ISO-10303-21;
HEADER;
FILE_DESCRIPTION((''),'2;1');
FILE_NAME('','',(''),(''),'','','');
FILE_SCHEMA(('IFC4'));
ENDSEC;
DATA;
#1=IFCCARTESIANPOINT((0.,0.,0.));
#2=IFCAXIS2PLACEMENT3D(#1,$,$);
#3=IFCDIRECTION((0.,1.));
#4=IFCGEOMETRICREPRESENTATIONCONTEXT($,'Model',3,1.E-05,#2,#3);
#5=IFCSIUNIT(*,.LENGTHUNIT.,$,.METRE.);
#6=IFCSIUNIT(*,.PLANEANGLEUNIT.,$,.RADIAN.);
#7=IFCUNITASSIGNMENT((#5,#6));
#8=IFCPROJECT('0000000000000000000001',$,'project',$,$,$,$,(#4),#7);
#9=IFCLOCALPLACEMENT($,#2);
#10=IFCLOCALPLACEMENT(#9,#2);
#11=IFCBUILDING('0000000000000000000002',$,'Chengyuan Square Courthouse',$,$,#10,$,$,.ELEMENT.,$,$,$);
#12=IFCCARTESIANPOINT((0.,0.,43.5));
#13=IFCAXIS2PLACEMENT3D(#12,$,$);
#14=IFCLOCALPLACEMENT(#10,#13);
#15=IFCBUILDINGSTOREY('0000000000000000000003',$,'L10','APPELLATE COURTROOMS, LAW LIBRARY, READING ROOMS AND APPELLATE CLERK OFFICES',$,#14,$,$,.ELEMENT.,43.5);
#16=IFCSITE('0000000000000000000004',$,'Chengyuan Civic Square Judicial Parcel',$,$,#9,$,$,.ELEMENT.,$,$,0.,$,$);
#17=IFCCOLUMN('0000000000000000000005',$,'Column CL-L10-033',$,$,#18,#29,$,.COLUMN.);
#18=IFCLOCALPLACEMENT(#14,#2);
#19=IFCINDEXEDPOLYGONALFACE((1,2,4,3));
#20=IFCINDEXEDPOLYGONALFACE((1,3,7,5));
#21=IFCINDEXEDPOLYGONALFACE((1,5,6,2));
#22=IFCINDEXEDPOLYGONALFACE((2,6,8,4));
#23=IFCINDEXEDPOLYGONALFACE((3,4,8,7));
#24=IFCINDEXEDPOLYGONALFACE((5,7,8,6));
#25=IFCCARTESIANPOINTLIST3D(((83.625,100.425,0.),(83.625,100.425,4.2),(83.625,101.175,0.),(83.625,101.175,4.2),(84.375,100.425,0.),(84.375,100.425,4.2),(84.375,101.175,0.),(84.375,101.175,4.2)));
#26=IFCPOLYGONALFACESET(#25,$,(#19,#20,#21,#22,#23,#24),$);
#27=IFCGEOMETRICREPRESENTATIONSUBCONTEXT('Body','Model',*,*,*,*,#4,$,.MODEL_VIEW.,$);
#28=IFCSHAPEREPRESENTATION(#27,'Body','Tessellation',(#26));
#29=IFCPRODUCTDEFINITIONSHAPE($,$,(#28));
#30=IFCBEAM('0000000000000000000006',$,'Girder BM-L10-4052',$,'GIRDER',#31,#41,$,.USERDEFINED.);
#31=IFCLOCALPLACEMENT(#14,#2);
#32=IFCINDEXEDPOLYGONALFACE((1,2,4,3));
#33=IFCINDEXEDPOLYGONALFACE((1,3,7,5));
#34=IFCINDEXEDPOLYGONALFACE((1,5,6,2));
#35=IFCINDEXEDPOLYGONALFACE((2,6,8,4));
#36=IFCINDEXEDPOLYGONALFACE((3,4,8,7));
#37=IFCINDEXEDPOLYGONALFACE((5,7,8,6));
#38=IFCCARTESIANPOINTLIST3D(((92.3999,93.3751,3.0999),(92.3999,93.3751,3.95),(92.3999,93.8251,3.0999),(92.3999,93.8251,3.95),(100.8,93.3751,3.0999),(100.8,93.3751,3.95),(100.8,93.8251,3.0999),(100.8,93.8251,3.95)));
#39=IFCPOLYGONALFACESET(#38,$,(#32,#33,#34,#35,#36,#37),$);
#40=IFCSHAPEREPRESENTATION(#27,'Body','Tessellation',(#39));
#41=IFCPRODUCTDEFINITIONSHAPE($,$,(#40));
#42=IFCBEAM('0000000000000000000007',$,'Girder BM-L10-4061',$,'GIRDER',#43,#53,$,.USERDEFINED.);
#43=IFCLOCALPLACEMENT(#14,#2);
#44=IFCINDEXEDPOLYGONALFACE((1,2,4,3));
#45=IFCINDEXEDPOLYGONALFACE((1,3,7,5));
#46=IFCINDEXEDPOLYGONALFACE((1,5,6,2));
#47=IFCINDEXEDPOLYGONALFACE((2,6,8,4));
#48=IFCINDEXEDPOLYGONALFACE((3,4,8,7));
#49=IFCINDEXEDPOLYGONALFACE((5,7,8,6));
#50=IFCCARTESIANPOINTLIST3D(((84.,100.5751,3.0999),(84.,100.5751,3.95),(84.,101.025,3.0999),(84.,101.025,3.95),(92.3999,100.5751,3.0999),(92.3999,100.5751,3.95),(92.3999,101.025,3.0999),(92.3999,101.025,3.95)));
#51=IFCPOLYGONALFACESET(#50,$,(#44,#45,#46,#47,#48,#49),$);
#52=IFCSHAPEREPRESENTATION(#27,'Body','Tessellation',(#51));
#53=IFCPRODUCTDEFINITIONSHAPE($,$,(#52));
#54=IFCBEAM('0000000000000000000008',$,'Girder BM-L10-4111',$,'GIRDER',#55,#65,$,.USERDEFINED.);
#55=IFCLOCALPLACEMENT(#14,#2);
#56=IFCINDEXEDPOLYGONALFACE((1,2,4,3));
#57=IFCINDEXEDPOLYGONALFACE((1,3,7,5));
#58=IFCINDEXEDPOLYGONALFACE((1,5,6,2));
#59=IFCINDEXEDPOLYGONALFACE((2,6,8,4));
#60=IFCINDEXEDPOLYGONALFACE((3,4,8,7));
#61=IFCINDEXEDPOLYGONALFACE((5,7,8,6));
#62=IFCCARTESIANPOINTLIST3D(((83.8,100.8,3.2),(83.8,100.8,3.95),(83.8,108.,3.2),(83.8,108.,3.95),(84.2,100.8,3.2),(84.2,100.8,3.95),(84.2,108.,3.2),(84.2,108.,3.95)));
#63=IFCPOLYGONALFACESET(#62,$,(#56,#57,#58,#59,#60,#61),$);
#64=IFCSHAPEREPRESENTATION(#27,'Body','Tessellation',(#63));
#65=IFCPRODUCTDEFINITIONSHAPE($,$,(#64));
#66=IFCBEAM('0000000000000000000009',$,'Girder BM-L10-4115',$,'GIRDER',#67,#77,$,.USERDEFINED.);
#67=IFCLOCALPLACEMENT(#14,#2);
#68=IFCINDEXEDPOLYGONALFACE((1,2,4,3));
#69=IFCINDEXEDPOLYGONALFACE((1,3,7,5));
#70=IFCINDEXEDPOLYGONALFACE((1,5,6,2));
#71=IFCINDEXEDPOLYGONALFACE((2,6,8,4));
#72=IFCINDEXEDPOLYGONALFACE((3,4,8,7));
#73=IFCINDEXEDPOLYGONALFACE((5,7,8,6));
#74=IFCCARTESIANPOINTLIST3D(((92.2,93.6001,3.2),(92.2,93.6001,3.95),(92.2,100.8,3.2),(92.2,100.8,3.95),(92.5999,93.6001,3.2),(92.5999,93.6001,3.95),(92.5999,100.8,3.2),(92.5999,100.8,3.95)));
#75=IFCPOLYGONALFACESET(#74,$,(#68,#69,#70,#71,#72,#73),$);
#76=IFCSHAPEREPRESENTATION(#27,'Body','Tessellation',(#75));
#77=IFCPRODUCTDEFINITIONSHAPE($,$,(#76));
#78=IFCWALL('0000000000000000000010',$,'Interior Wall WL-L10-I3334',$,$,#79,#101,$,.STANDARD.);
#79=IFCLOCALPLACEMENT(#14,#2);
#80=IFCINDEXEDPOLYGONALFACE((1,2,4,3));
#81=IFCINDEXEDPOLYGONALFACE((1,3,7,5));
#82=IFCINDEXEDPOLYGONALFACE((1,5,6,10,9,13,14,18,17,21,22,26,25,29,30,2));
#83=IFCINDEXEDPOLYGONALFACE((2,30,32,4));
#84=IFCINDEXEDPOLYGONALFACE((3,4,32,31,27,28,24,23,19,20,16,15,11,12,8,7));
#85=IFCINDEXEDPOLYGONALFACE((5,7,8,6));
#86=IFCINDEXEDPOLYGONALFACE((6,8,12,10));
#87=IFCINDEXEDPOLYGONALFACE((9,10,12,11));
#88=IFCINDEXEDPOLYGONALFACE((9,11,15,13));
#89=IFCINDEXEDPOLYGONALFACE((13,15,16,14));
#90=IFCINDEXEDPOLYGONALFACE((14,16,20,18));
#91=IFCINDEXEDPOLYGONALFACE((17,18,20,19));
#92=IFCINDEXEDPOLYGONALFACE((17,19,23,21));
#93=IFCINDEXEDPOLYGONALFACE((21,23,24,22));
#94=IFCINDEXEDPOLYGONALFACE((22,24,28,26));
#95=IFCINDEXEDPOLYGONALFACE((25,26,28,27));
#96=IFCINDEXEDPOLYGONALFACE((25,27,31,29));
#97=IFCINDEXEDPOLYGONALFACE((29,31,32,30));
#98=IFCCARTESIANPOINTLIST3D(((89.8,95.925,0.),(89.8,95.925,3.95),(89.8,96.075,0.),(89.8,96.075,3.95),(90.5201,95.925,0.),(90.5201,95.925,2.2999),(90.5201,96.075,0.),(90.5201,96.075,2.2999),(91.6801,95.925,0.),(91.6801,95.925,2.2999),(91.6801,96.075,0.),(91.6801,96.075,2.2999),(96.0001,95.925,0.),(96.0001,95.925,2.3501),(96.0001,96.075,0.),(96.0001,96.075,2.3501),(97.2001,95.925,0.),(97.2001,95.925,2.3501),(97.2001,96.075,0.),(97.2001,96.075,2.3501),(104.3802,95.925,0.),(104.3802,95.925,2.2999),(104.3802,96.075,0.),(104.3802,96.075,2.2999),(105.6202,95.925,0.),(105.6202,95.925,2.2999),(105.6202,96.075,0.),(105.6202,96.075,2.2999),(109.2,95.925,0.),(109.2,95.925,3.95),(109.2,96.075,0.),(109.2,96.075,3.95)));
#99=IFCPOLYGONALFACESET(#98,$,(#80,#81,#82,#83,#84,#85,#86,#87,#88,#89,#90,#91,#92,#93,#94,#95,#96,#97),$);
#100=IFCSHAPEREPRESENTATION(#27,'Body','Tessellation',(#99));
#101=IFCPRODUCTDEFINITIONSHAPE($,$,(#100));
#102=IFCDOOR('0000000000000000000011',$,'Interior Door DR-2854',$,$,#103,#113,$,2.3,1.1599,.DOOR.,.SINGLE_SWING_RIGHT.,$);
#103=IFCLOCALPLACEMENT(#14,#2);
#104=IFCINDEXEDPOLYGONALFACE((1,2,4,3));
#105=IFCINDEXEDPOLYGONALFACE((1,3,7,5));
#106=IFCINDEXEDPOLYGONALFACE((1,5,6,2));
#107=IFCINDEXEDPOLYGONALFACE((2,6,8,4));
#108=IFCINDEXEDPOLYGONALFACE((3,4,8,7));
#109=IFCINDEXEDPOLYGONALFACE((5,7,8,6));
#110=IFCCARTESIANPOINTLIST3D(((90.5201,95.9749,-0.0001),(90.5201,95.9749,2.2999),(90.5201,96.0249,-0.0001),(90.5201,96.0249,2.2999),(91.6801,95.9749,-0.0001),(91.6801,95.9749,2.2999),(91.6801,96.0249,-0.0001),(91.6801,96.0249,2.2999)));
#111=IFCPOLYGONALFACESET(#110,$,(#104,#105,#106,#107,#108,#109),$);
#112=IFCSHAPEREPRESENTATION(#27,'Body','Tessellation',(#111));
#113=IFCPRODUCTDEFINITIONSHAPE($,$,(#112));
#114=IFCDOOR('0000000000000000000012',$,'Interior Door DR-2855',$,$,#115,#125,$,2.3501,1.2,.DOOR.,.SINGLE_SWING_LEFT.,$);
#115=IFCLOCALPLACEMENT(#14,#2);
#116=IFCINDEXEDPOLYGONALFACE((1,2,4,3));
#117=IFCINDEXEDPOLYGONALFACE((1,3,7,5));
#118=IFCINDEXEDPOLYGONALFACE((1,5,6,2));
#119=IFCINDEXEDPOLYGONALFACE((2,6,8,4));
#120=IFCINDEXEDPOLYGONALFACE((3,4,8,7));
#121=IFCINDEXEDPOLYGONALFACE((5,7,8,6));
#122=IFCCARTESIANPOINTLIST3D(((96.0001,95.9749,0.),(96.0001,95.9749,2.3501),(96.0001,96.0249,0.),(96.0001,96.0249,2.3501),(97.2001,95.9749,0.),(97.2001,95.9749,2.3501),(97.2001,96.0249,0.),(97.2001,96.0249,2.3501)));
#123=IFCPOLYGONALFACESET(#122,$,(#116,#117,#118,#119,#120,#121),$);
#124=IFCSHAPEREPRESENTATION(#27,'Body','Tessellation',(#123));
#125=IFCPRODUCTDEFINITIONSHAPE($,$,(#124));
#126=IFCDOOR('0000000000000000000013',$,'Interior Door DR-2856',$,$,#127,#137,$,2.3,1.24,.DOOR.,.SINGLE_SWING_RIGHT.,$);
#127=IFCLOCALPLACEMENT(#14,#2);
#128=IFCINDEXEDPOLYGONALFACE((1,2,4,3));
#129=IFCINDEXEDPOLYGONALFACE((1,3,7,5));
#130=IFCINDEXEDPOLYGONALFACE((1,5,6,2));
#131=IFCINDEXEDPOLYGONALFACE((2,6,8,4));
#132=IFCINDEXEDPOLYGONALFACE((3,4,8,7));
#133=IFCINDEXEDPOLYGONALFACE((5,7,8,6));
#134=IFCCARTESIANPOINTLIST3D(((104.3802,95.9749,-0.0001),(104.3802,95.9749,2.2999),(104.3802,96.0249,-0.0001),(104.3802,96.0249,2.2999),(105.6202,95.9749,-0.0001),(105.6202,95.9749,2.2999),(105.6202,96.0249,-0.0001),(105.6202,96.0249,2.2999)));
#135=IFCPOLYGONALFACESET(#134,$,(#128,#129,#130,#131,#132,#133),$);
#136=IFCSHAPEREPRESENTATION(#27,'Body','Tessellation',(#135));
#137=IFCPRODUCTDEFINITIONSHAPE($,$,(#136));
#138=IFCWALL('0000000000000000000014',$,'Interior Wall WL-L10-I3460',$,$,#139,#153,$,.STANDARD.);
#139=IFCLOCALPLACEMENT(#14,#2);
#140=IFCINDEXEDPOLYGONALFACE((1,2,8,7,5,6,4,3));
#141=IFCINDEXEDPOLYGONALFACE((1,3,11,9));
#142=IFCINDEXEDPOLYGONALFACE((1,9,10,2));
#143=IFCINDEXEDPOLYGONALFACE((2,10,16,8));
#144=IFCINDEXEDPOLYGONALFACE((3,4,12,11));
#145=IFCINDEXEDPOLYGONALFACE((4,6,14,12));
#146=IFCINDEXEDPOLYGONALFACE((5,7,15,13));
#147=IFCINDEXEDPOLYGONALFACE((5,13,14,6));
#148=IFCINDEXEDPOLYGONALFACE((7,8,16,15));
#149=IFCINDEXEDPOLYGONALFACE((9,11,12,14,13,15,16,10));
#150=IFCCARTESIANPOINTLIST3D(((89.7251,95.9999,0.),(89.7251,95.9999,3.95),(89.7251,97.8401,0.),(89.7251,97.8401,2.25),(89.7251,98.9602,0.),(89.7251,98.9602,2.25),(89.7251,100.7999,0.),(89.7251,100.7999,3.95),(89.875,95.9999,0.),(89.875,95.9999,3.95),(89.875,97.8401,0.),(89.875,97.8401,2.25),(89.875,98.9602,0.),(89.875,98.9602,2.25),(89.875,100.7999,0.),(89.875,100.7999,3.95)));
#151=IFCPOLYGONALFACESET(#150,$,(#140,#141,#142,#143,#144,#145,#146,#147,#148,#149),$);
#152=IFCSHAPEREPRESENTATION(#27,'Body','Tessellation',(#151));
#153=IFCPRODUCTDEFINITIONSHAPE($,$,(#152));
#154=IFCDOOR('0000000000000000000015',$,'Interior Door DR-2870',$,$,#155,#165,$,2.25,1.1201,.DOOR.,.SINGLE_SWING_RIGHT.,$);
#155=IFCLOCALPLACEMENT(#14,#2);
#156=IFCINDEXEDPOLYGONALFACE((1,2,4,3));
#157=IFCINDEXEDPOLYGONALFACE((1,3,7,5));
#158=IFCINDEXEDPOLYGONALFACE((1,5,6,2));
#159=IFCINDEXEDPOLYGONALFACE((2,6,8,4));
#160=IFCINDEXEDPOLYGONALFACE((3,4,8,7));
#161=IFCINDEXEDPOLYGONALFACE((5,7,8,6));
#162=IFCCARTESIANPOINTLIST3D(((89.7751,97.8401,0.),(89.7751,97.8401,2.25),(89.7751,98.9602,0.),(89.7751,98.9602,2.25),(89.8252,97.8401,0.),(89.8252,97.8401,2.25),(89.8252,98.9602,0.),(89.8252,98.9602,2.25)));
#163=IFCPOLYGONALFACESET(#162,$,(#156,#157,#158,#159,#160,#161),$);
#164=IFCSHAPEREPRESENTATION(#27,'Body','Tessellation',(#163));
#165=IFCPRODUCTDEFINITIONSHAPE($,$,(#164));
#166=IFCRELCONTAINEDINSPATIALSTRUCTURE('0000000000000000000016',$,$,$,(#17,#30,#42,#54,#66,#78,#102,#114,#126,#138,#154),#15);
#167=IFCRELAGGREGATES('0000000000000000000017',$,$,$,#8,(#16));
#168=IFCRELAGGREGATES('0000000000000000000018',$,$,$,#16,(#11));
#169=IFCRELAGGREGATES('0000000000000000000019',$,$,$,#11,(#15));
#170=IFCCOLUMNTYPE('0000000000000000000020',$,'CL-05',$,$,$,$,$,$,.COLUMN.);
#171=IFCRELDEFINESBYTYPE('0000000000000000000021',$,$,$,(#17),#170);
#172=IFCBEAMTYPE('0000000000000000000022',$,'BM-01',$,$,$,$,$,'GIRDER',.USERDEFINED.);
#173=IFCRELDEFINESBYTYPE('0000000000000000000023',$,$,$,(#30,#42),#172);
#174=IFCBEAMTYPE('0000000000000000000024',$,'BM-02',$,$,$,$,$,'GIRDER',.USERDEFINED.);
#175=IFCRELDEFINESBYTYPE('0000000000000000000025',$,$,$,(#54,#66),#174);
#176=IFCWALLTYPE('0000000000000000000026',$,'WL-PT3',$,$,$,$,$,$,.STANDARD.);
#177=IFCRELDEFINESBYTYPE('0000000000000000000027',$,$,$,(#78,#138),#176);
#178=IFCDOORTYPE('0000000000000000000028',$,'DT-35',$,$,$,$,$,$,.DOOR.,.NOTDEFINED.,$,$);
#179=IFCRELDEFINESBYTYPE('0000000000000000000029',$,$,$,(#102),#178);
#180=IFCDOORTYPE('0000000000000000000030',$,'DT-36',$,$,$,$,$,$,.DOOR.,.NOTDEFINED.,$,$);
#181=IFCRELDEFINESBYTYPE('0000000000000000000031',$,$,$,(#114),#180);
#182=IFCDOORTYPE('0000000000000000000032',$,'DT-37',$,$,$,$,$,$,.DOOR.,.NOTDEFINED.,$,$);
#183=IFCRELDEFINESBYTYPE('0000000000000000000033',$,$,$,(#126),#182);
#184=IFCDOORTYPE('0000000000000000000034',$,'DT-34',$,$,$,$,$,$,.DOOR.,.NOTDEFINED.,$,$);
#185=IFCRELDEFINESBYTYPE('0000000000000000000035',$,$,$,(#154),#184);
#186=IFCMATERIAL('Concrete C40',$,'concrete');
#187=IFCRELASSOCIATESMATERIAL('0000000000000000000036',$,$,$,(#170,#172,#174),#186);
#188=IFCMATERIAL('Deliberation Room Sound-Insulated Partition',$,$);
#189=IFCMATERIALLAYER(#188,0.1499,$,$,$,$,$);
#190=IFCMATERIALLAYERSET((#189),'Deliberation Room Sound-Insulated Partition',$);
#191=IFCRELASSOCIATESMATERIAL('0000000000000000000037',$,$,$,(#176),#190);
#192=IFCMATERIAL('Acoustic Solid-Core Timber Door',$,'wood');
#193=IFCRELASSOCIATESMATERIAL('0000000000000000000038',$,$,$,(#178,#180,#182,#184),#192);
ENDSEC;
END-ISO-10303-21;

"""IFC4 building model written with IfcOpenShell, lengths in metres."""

from ifc_helpers import new_model, si_unit, direction, frame, frame_2d, origin, origin_2d, place, context, subcontext, project, spatial, rectangle, extrude, material, layer, layer_set, material_profile, profile_set, type_object, element, fill, save


model = new_model("IFC4")

# Units and contexts
model_context = context("Model", 3, precision=1e-05, world=origin(), true_north=direction((0.0, 1.0)))
body_context = subcontext(model_context, "Body", "Model", "MODEL_VIEW")
ifc_project = project(units=[si_unit("LENGTHUNIT", "METRE"), si_unit("PLANEANGLEUNIT", "RADIAN")], contexts=[model_context])

# Site, building, storey
site_placement = place(None, origin())
site = spatial("IfcSite", under=ifc_project, at=site_placement, Name="Chengyuan Civic Square Judicial Parcel", CompositionType="ELEMENT", RefElevation=0.0)
building_placement = place(site_placement, origin())
building = spatial("IfcBuilding", under=site, at=building_placement, Name="Chengyuan Square Courthouse", CompositionType="ELEMENT")
storey_placement = place(building_placement, frame((0.0, 0.0, 43.5)))
storey = spatial("IfcBuildingStorey", under=building, at=storey_placement, Name="L10", Description="APPELLATE COURTROOMS, LAW LIBRARY, READING ROOMS AND APPELLATE CLERK OFFICES", CompositionType="ELEMENT", Elevation=43.5)

# Column
ifc_material_1 = material(Name="Concrete C40", Category="concrete")
ifc_material_profile_1 = material_profile(ifc_material_1, rectangle(XDim=0.75, YDim=0.75, at=origin_2d()), Name="RC-COL-750x750")
ifc_profile_set_1 = profile_set([ifc_material_profile_1], Name="Concrete C40")
column_type = type_object("IfcColumnType", Name="CL-05", PredefinedType="COLUMN", material=ifc_profile_set_1)
column_placement = place(storey_placement, frame((84.0, 100.8, 0.0), z_axis=(0.0, 0.0, 1.0), x_axis=(1.0, 0.0, 0.0)))
element("IfcColumn", 1, at=column_placement, inside=storey, type_object=column_type, Name="Column CL-L10-033", PredefinedType="COLUMN", context=body_context, shape_type="SweptSolid", body=[
    extrude(rectangle(XDim=0.75, YDim=0.75, at=origin_2d()), origin(), (0.0, 0.0, 1.0), 4.2),
])

# Beams
ifc_material_profile_2 = material_profile(ifc_material_1, rectangle(XDim=0.45, YDim=0.8501, at=origin_2d()), Name="RC-BM-450x850")
ifc_profile_set_2 = profile_set([ifc_material_profile_2], Name="Concrete C40")
beam_type_1 = type_object("IfcBeamType", Name="BM-01", ElementType="GIRDER", PredefinedType="USERDEFINED", material=ifc_profile_set_2)
beam_1_placement = place(storey_placement, frame((92.3999, 93.6001, 3.5249), z_axis=(1.0, 0.0, 0.0), x_axis=(0.0, 1.0, 0.0)))
element("IfcBeam", 2, at=beam_1_placement, inside=storey, type_object=beam_type_1, Name="Girder BM-L10-4052", ObjectType="GIRDER", PredefinedType="USERDEFINED", context=body_context, shape_type="SweptSolid", body=[
    extrude(rectangle(XDim=0.45, YDim=0.8501, at=origin_2d()), origin(), (0.0, 0.0, 1.0), 8.4001),
])
beam_2_placement = place(storey_placement, frame((84.0, 100.8, 3.5249), z_axis=(1.0, 0.0, 0.0), x_axis=(0.0, 1.0, 0.0)))
element("IfcBeam", 3, at=beam_2_placement, inside=storey, type_object=beam_type_1, Name="Girder BM-L10-4061", ObjectType="GIRDER", PredefinedType="USERDEFINED", context=body_context, shape_type="SweptSolid", body=[
    extrude(rectangle(XDim=0.45, YDim=0.8501, at=origin_2d()), origin(), (0.0, 0.0, 1.0), 8.3999),
])
ifc_material_profile_3 = material_profile(ifc_material_1, rectangle(XDim=0.3999, YDim=0.75, at=origin_2d()), Name="RC-BM-400x750")
ifc_profile_set_3 = profile_set([ifc_material_profile_3], Name="Concrete C40")
beam_type_2 = type_object("IfcBeamType", Name="BM-02", ElementType="GIRDER", PredefinedType="USERDEFINED", material=ifc_profile_set_3)
for number, where, z_axis, x_axis, name in (
    (4, (84.0, 100.8, 3.575), (0.0, 1.0, 0.0), (-1.0, 0.0, 0.0), "Girder BM-L10-4111"),
    (5, (92.3999, 93.6001, 3.575), (0.0, 1.0, 0.0), (-1.0, 0.0, 0.0), "Girder BM-L10-4115"),
):
    element("IfcBeam", number, at=place(storey_placement, frame(where, z_axis=z_axis, x_axis=x_axis)), inside=storey, type_object=beam_type_2, Name=name, ObjectType="GIRDER", PredefinedType="USERDEFINED", context=body_context, shape_type="SweptSolid", body=[
        extrude(rectangle(XDim=0.3999, YDim=0.75, at=origin_2d()), origin(), (0.0, 0.0, 1.0), 7.2),
    ])

# Wall, openings, doors
ifc_material_2 = material(Name="Deliberation Room Sound-Insulated Partition")
ifc_layer_1 = layer(ifc_material_2, 0.1499)
ifc_layer_set_1 = layer_set([ifc_layer_1], Name="Deliberation Room Sound-Insulated Partition")
wall_type_1 = type_object("IfcWallType", Name="WL-PT3", PredefinedType="STANDARD", material=ifc_layer_set_1)
wall_1_placement = place(storey_placement, frame((89.8, 96.0, 0.0), z_axis=(0.0, 0.0, 1.0), x_axis=(1.0, 0.0, 0.0)))
wall_1 = element("IfcWall", 6, at=wall_1_placement, inside=storey, type_object=wall_type_1, Name="Interior Wall WL-L10-I3334", PredefinedType="STANDARD", context=body_context, shape_type="SweptSolid", body=[
    extrude(rectangle(XDim=19.3999, YDim=0.1499, at=frame_2d((9.7, 0.0))), origin(), (0.0, 0.0, 1.0), 3.95),
])
opening_1_placement = place(wall_1_placement, frame((0.72, 0.0, 0.0)))
opening_1 = element("IfcOpeningElement", 7, at=opening_1_placement, cuts=wall_1, PredefinedType="OPENING", context=body_context, shape_type="SweptSolid", body=[
    extrude(rectangle(XDim=1.1599, YDim=2.3, at=frame_2d((0.5801, 1.1499))), frame((0.0, 0.0869, 0.0), z_axis=(0.0, -1.0, 0.0), x_axis=(1.0, 0.0, 0.0)), (0.0, 0.0, 1.0), 0.1738),
])
opening_2_placement = place(wall_1_placement, frame((6.2, 0.0, 0.0)))
opening_2 = element("IfcOpeningElement", 8, at=opening_2_placement, cuts=wall_1, PredefinedType="OPENING", context=body_context, shape_type="SweptSolid", body=[
    extrude(rectangle(XDim=1.2, YDim=2.3501, at=frame_2d((0.6001, 1.175))), frame((0.0, 0.0869, 0.0), z_axis=(0.0, -1.0, 0.0), x_axis=(1.0, 0.0, 0.0)), (0.0, 0.0, 1.0), 0.1738),
])
opening_3_placement = place(wall_1_placement, frame((14.5801, 0.0, 0.0)))
opening_3 = element("IfcOpeningElement", 9, at=opening_3_placement, cuts=wall_1, PredefinedType="OPENING", context=body_context, shape_type="SweptSolid", body=[
    extrude(rectangle(XDim=1.24, YDim=2.3, at=frame_2d((0.6201, 1.1499))), frame((0.0, 0.0869, 0.0), z_axis=(0.0, -1.0, 0.0), x_axis=(1.0, 0.0, 0.0)), (0.0, 0.0, 1.0), 0.1738),
])
ifc_material_3 = material(Name="Acoustic Solid-Core Timber Door", Category="wood")
door_type_1 = type_object("IfcDoorType", Name="DT-35", OperationType="NOTDEFINED", PredefinedType="DOOR", material=ifc_material_3)
door_1_placement = place(opening_1_placement, origin())
door_1 = element("IfcDoor", 10, at=door_1_placement, inside=storey, type_object=door_type_1, Name="Interior Door DR-2854", OperationType="SINGLE_SWING_RIGHT", OverallHeight=2.3, OverallWidth=1.1599, PredefinedType="DOOR", context=body_context, shape_type="SweptSolid", body=[
    extrude(rectangle(XDim=1.1599, YDim=2.3, at=frame_2d((0.5801, 1.1499))), frame((0.0, 0.0249, 0.0), z_axis=(0.0, -1.0, 0.0), x_axis=(1.0, 0.0, 0.0)), (0.0, 0.0, 1.0), 0.05),
])
fill(opening_1, door_1)
door_type_2 = type_object("IfcDoorType", Name="DT-36", OperationType="NOTDEFINED", PredefinedType="DOOR", material=ifc_material_3)
door_2_placement = place(opening_2_placement, origin())
door_2 = element("IfcDoor", 11, at=door_2_placement, inside=storey, type_object=door_type_2, Name="Interior Door DR-2855", OperationType="SINGLE_SWING_LEFT", OverallHeight=2.3501, OverallWidth=1.2, PredefinedType="DOOR", context=body_context, shape_type="SweptSolid", body=[
    extrude(rectangle(XDim=1.2, YDim=2.3501, at=frame_2d((0.6001, 1.175))), frame((0.0, 0.0249, 0.0), z_axis=(0.0, -1.0, 0.0), x_axis=(1.0, 0.0, 0.0)), (0.0, 0.0, 1.0), 0.05),
])
fill(opening_2, door_2)
door_type_3 = type_object("IfcDoorType", Name="DT-37", OperationType="NOTDEFINED", PredefinedType="DOOR", material=ifc_material_3)
door_3_placement = place(opening_3_placement, origin())
door_3 = element("IfcDoor", 12, at=door_3_placement, inside=storey, type_object=door_type_3, Name="Interior Door DR-2856", OperationType="SINGLE_SWING_RIGHT", OverallHeight=2.3, OverallWidth=1.24, PredefinedType="DOOR", context=body_context, shape_type="SweptSolid", body=[
    extrude(rectangle(XDim=1.24, YDim=2.3, at=frame_2d((0.6201, 1.1499))), frame((0.0, 0.0249, 0.0), z_axis=(0.0, -1.0, 0.0), x_axis=(1.0, 0.0, 0.0)), (0.0, 0.0, 1.0), 0.05),
])
fill(opening_3, door_3)

# Wall, opening, door
wall_2_placement = place(storey_placement, frame((89.8, 96.0, 0.0), z_axis=(0.0, 0.0, 1.0), x_axis=(0.0, 1.0, 0.0)))
wall_2 = element("IfcWall", 13, at=wall_2_placement, inside=storey, type_object=wall_type_1, Name="Interior Wall WL-L10-I3460", PredefinedType="STANDARD", context=body_context, shape_type="SweptSolid", body=[
    extrude(rectangle(XDim=4.8, YDim=0.1499, at=frame_2d((2.3999, 0.0))), origin(), (0.0, 0.0, 1.0), 3.95),
])
opening_4_placement = place(wall_2_placement, frame((1.8401, 0.0, 0.0)))
opening_4 = element("IfcOpeningElement", 14, at=opening_4_placement, cuts=wall_2, PredefinedType="OPENING", context=body_context, shape_type="SweptSolid", body=[
    extrude(rectangle(XDim=1.1201, YDim=2.25, at=frame_2d((0.5601, 1.125))), frame((0.0, 0.0869, 0.0), z_axis=(0.0, -1.0, 0.0), x_axis=(1.0, 0.0, 0.0)), (0.0, 0.0, 1.0), 0.1738),
])
door_type_4 = type_object("IfcDoorType", Name="DT-34", OperationType="NOTDEFINED", PredefinedType="DOOR", material=ifc_material_3)
door_4_placement = place(opening_4_placement, origin())
door_4 = element("IfcDoor", 15, at=door_4_placement, inside=storey, type_object=door_type_4, Name="Interior Door DR-2870", OperationType="SINGLE_SWING_RIGHT", OverallHeight=2.25, OverallWidth=1.1201, PredefinedType="DOOR", context=body_context, shape_type="SweptSolid", body=[
    extrude(rectangle(XDim=1.1201, YDim=2.25, at=frame_2d((0.5601, 1.125))), frame((0.0, 0.0249, 0.0), z_axis=(0.0, -1.0, 0.0), x_axis=(1.0, 0.0, 0.0)), (0.0, 0.0, 1.0), 0.05),
])
fill(opening_4, door_4)

save(model, "model.ifc")
